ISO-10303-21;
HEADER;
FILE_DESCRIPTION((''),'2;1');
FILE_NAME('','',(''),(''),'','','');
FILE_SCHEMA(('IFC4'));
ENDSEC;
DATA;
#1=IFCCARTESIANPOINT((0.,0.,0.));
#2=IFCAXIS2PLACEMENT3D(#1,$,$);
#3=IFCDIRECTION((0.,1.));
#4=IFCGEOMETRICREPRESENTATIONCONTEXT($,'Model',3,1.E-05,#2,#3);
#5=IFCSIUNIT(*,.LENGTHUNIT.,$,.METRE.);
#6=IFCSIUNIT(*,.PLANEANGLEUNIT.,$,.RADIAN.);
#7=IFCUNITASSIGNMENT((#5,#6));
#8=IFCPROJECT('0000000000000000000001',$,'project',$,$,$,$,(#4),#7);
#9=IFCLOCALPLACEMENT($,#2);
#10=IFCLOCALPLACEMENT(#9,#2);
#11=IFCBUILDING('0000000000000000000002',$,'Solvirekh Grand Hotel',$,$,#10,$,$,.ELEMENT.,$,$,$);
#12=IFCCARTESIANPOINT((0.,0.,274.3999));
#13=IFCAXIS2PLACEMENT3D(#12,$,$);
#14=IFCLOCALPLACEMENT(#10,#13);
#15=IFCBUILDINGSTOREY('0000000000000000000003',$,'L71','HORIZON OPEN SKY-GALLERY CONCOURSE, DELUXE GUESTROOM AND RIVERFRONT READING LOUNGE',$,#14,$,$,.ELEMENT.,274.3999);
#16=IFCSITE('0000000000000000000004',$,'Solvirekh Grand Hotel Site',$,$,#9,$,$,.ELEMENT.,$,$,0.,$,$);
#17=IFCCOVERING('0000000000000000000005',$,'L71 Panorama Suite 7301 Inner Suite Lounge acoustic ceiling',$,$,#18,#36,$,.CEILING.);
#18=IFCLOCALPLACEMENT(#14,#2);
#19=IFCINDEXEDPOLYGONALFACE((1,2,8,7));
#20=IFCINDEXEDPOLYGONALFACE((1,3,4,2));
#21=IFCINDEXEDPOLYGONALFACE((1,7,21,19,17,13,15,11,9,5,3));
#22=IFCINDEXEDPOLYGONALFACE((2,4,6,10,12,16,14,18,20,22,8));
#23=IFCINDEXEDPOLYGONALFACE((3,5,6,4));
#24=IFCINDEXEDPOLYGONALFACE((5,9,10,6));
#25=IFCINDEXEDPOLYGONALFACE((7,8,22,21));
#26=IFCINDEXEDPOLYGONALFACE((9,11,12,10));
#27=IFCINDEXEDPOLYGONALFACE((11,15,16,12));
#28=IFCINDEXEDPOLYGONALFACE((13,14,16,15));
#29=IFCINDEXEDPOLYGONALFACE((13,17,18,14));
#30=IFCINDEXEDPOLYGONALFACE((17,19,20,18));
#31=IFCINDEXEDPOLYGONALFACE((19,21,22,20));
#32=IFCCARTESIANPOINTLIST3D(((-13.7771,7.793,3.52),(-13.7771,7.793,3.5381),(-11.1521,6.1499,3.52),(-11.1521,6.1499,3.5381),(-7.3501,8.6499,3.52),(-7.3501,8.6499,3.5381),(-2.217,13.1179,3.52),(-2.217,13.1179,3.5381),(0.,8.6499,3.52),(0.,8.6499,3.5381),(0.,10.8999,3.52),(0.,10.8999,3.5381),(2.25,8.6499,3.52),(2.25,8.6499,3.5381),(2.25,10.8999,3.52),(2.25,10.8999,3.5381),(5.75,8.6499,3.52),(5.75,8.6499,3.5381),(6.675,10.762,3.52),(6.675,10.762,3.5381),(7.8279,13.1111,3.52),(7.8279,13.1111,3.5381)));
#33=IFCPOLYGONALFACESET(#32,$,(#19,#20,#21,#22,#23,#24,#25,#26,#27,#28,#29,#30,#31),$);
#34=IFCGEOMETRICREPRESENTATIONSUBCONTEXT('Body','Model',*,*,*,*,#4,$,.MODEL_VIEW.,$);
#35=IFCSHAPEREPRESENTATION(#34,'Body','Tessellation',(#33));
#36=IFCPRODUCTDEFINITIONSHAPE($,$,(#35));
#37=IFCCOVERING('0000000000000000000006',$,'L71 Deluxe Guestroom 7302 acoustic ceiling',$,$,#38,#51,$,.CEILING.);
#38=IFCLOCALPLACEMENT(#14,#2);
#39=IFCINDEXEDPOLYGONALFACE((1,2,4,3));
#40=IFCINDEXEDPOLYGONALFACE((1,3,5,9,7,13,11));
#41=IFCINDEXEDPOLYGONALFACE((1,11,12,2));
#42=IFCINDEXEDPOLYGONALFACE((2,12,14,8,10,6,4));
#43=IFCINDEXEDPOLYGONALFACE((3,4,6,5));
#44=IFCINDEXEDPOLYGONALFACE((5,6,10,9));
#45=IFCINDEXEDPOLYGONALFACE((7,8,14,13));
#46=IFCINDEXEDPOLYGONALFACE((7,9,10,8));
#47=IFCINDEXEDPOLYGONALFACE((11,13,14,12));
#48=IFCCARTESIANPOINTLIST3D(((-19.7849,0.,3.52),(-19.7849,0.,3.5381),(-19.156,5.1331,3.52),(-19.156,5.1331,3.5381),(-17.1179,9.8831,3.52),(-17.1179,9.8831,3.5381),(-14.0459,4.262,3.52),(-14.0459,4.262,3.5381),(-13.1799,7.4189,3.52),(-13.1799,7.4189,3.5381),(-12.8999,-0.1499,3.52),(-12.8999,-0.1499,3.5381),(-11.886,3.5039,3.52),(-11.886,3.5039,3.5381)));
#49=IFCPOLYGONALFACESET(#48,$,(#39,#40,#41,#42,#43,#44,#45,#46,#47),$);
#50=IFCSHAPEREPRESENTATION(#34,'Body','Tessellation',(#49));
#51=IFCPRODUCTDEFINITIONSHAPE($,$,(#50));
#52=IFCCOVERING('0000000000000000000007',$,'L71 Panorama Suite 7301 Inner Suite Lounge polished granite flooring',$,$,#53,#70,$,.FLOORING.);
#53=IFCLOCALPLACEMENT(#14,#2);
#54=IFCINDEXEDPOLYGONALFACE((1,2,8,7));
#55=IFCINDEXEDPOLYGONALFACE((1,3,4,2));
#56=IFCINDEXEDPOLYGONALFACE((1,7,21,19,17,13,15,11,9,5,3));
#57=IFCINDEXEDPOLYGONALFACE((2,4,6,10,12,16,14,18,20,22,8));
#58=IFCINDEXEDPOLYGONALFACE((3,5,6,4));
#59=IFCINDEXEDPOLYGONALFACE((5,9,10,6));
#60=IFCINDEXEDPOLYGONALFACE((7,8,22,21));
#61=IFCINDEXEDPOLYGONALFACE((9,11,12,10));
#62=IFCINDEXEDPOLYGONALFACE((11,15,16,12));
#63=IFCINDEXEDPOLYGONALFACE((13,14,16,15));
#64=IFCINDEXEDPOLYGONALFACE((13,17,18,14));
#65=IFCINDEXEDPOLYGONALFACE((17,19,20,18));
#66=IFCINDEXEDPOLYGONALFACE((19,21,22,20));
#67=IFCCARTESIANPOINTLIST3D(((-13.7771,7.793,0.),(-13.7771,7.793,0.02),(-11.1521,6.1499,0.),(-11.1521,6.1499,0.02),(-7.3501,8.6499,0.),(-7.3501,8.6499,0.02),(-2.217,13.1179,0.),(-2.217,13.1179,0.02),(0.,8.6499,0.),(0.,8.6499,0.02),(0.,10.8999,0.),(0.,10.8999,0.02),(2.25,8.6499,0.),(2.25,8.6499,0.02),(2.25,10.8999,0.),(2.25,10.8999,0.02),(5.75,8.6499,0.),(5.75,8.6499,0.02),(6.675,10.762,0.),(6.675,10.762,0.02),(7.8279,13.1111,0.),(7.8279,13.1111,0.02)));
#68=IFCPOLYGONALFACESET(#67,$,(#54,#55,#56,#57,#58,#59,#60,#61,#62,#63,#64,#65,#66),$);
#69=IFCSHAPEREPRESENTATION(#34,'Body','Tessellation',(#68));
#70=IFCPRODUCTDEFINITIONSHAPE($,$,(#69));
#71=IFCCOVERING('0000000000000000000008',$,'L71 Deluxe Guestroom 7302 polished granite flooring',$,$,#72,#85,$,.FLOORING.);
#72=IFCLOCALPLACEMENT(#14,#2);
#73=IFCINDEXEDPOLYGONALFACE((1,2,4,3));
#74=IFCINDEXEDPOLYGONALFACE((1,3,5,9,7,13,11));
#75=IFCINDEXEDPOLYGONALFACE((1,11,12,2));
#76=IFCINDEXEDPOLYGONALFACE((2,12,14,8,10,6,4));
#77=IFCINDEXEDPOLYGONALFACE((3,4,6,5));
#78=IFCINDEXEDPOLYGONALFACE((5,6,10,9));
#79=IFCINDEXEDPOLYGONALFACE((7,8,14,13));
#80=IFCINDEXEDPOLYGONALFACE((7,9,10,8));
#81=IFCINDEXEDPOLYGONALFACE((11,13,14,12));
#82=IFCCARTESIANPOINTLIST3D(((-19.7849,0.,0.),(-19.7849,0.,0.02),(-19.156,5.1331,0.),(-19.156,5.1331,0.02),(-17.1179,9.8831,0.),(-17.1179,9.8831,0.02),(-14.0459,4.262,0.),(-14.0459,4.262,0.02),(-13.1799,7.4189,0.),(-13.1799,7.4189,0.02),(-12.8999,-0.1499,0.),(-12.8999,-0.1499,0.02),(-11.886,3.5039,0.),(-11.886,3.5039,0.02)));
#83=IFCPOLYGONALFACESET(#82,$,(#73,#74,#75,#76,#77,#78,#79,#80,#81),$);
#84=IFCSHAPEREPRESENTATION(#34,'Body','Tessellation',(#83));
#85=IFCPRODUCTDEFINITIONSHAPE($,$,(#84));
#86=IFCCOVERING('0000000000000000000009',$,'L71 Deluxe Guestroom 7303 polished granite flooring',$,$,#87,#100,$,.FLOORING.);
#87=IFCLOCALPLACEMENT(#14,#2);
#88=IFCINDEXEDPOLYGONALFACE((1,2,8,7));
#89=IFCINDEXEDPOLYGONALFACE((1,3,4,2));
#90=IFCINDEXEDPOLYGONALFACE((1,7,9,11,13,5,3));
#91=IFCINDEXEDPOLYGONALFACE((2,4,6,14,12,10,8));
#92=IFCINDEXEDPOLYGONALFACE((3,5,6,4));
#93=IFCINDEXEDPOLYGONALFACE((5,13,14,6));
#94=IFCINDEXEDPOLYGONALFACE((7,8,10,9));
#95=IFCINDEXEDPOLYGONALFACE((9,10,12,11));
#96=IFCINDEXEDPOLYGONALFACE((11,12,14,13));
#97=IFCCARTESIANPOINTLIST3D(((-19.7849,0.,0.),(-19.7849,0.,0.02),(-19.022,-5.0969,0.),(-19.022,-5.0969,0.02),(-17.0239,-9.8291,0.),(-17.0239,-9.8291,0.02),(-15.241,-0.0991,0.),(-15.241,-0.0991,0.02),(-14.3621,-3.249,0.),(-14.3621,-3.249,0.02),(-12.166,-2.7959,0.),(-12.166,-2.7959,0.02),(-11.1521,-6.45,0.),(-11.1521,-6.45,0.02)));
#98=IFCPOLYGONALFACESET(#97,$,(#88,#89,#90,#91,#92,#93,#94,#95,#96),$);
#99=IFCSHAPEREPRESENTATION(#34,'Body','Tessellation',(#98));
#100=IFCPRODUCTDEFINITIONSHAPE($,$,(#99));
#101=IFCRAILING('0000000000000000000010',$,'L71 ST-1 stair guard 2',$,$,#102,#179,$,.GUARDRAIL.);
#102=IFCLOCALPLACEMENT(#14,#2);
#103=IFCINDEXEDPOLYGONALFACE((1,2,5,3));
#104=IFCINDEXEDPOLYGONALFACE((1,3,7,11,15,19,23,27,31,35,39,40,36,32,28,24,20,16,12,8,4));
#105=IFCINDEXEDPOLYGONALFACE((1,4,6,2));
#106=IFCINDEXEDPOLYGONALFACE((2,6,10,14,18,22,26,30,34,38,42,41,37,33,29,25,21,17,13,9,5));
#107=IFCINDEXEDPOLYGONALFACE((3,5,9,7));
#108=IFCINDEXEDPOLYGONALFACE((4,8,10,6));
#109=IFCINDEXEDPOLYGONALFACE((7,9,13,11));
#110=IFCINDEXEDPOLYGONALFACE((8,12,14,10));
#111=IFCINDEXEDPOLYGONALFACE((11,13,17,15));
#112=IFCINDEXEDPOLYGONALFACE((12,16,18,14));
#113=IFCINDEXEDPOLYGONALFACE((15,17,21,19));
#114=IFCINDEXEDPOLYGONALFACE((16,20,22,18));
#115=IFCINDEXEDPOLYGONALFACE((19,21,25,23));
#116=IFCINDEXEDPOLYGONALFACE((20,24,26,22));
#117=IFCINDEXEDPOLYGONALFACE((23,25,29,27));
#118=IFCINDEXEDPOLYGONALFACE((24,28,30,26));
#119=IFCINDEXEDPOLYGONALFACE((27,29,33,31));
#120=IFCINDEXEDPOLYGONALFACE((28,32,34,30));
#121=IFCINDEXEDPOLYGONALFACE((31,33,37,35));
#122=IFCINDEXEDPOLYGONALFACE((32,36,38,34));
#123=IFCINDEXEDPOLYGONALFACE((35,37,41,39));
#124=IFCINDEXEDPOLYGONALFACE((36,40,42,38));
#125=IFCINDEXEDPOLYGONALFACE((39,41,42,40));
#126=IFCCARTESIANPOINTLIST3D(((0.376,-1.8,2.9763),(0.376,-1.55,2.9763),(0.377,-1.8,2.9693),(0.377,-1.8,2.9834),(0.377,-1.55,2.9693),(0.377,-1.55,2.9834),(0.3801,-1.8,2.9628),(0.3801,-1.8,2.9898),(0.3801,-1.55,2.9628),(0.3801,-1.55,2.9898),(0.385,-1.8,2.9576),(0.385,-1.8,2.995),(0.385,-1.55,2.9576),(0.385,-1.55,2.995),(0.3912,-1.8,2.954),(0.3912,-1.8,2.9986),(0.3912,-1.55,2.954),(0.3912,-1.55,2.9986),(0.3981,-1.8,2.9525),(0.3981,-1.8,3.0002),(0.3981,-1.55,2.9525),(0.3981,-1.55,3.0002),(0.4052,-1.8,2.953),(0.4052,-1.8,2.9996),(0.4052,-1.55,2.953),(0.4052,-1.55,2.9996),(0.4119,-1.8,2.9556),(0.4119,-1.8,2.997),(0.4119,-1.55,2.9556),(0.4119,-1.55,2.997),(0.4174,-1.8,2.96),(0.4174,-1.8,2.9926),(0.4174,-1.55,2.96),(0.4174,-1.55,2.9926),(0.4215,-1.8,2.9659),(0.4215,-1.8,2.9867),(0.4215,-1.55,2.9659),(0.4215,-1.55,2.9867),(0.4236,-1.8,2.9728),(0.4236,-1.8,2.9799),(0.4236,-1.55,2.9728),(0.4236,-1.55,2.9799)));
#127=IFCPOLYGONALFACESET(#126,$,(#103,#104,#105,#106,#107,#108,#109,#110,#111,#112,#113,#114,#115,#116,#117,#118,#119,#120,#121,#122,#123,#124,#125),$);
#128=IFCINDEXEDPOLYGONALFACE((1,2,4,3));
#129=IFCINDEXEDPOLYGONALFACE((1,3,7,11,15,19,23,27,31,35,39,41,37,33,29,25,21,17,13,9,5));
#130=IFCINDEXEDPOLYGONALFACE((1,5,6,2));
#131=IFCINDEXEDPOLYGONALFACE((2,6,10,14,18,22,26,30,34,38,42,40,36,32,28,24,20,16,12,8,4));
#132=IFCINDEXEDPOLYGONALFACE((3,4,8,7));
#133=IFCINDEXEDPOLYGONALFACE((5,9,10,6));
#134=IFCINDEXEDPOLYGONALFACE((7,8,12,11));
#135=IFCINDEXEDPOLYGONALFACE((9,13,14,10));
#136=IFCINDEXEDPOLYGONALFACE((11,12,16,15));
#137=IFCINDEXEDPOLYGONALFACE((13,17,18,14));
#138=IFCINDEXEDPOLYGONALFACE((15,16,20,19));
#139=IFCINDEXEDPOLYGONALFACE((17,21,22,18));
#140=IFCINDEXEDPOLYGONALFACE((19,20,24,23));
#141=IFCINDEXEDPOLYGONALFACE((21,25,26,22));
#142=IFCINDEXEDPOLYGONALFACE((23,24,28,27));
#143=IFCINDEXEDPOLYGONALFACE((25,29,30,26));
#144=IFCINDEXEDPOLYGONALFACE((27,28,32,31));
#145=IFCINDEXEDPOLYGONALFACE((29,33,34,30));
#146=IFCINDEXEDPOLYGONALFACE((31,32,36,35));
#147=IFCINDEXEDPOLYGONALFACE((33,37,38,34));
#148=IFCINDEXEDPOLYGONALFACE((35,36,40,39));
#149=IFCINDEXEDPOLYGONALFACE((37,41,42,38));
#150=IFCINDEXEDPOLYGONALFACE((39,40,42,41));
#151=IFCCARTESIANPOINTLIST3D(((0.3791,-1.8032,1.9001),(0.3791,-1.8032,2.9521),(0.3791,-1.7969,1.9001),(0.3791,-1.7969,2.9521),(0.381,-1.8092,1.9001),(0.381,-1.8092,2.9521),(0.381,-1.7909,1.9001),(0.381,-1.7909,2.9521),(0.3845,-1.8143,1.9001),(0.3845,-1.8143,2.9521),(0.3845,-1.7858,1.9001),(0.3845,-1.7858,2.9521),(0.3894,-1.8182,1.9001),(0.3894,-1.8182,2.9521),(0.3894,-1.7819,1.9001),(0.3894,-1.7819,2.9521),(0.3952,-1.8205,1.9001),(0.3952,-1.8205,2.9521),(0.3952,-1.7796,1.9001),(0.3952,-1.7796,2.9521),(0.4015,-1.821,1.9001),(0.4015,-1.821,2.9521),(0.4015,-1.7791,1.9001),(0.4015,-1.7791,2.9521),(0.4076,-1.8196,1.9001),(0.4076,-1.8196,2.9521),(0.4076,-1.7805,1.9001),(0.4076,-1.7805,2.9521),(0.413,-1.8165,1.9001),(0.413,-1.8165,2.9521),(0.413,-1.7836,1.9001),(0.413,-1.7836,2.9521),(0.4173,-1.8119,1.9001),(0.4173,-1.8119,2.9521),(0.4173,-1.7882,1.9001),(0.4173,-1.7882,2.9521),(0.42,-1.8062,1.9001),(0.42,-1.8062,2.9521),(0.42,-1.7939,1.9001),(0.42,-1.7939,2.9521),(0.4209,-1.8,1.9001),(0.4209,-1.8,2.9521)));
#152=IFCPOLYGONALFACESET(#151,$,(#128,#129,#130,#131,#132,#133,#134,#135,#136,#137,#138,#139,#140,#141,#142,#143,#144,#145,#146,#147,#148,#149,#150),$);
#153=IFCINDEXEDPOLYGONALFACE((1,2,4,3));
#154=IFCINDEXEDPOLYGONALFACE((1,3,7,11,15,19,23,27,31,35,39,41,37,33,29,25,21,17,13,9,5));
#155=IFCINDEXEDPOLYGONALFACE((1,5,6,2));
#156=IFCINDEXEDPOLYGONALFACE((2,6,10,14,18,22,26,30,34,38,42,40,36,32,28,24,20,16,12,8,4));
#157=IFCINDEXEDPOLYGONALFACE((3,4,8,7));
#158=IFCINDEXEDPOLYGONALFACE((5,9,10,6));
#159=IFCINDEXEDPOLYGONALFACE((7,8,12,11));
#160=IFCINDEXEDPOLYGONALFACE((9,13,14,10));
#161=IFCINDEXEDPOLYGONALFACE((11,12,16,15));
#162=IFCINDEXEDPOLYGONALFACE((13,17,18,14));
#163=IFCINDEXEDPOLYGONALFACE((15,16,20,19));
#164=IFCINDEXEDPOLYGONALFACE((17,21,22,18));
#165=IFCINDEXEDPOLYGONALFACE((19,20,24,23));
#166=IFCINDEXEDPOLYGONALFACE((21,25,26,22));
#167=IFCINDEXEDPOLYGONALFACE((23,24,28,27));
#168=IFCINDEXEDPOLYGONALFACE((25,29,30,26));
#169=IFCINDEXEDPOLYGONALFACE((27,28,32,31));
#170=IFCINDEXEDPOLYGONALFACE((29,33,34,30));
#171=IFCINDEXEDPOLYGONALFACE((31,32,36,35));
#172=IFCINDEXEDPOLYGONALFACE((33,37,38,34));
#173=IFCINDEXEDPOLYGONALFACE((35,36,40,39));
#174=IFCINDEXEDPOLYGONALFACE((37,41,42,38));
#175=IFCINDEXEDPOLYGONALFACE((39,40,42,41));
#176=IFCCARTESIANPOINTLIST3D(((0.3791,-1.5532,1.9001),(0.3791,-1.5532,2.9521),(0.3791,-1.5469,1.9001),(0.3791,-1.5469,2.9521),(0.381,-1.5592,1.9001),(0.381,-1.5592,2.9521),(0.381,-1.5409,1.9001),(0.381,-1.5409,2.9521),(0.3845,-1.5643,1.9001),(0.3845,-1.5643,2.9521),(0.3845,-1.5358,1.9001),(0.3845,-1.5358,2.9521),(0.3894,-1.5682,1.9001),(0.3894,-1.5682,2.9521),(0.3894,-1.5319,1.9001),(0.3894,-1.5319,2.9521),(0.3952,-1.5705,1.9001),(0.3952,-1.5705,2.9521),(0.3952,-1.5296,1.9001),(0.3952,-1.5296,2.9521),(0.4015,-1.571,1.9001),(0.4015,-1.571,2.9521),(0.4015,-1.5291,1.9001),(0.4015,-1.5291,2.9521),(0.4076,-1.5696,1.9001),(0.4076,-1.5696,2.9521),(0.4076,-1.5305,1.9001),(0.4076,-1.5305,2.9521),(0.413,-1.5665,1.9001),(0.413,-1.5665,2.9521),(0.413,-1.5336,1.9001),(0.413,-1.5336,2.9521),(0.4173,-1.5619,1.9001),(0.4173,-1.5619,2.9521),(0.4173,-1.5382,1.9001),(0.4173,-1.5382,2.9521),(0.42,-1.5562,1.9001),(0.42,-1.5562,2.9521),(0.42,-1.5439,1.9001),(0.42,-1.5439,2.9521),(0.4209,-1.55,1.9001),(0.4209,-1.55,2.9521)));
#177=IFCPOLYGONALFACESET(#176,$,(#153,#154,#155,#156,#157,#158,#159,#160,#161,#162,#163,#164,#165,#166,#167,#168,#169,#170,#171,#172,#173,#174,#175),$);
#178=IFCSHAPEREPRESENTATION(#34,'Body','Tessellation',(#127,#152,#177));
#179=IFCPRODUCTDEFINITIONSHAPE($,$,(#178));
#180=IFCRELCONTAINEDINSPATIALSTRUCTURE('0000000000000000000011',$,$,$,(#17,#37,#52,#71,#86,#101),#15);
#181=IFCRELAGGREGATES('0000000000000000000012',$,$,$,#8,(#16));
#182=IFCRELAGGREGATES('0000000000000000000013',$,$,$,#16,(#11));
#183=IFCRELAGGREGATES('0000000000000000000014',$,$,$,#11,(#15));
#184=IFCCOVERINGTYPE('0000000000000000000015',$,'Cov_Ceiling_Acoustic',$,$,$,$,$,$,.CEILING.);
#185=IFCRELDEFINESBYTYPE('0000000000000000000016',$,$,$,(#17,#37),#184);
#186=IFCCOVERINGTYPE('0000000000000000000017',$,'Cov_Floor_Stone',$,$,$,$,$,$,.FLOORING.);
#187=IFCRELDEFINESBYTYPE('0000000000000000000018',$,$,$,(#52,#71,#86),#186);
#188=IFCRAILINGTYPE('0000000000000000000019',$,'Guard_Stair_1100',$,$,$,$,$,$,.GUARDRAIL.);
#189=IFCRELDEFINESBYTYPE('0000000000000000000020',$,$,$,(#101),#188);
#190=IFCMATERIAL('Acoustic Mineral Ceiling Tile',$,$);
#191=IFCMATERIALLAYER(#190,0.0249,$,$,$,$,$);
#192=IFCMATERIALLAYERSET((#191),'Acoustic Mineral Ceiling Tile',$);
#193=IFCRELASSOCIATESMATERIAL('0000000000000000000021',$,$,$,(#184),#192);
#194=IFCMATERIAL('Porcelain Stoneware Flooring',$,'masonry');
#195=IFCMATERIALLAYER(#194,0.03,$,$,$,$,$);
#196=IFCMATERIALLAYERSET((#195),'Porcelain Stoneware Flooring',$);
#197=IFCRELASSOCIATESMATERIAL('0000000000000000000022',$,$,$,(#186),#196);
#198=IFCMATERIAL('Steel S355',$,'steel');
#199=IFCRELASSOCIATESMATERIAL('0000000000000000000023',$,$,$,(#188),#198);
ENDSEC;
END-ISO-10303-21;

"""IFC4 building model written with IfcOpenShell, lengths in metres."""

from ifc_helpers import new_model, si_unit, direction, frame, origin, origin_2d, place, context, subcontext, project, spatial, polyline, circle, outline, extrude, material, layer, layer_set, type_object, element, save


model = new_model("IFC4")

# Units and contexts
model_context = context("Model", 3, precision=1e-05, world=origin(), true_north=direction((0.0, 1.0)))
body_context = subcontext(model_context, "Body", "Model", "MODEL_VIEW")
ifc_project = project(units=[si_unit("LENGTHUNIT", "METRE"), si_unit("PLANEANGLEUNIT", "RADIAN")], contexts=[model_context])

# Site, building, storey
site_placement = place(None, origin())
site = spatial("IfcSite", under=ifc_project, at=site_placement, Name="Solvirekh Grand Hotel Site", CompositionType="ELEMENT", RefElevation=0.0)
building_placement = place(site_placement, origin())
building = spatial("IfcBuilding", under=site, at=building_placement, Name="Solvirekh Grand Hotel", CompositionType="ELEMENT")
storey_placement = place(building_placement, frame((0.0, 0.0, 274.3999)))
storey = spatial("IfcBuildingStorey", under=building, at=storey_placement, Name="L71", Description="HORIZON OPEN SKY-GALLERY CONCOURSE, DELUXE GUESTROOM AND RIVERFRONT READING LOUNGE", CompositionType="ELEMENT", Elevation=274.3999)

# Shared definitions
ifc_material_1 = material(Name="Steel S355", Category="steel")

# Coverings
ifc_material_2 = material(Name="Acoustic Mineral Ceiling Tile")
ifc_layer_1 = layer(ifc_material_2, 0.0249)
ifc_layer_set_1 = layer_set([ifc_layer_1], Name="Acoustic Mineral Ceiling Tile")
covering_type_1 = type_object("IfcCoveringType", Name="Cov_Ceiling_Acoustic", PredefinedType="CEILING", material=ifc_layer_set_1)
covering_1_placement = place(storey_placement, frame((0.0, 0.0, 3.52)))
element("IfcCovering", 1, at=covering_1_placement, inside=storey, type_object=covering_type_1, Name="L71 Panorama Suite 7301 Inner Suite Lounge acoustic ceiling", PredefinedType="CEILING", context=body_context, shape_type="SweptSolid", body=[
    extrude(outline(polyline([(0.0, 8.6499), (0.0, 10.8999), (2.25, 10.8999), (2.25, 8.6499), (5.75, 8.6499), (6.675, 10.762), (7.8279, 13.1111), (-2.217, 13.1179), (-13.7771, 7.793), (-11.1521, 6.1499), (-7.3501, 8.6499), (0.0, 8.6499)])), origin(), (0.0, 0.0, 1.0), 0.0181),
])
covering_2_placement = place(storey_placement, frame((0.0, 0.0, 3.52)))
element("IfcCovering", 2, at=covering_2_placement, inside=storey, type_object=covering_type_1, Name="L71 Deluxe Guestroom 7302 acoustic ceiling", PredefinedType="CEILING", context=body_context, shape_type="SweptSolid", body=[
    extrude(outline(polyline([(-14.0459, 4.262), (-13.1799, 7.4189), (-17.1179, 9.8831), (-19.156, 5.1331), (-19.7849, 0.0), (-12.8999, -0.1499), (-11.886, 3.5039), (-14.0459, 4.262)])), origin(), (0.0, 0.0, 1.0), 0.0181),
])
ifc_material_3 = material(Name="Porcelain Stoneware Flooring", Category="masonry")
ifc_layer_2 = layer(ifc_material_3, 0.03)
ifc_layer_set_2 = layer_set([ifc_layer_2], Name="Porcelain Stoneware Flooring")
covering_type_2 = type_object("IfcCoveringType", Name="Cov_Floor_Stone", PredefinedType="FLOORING", material=ifc_layer_set_2)
covering_3_placement = place(storey_placement, origin())
element("IfcCovering", 3, at=covering_3_placement, inside=storey, type_object=covering_type_2, Name="L71 Panorama Suite 7301 Inner Suite Lounge polished granite flooring", PredefinedType="FLOORING", context=body_context, shape_type="SweptSolid", body=[
    extrude(outline(polyline([(0.0, 8.6499), (0.0, 10.8999), (2.25, 10.8999), (2.25, 8.6499), (5.75, 8.6499), (6.675, 10.762), (7.8279, 13.1111), (-2.217, 13.1179), (-13.7771, 7.793), (-11.1521, 6.1499), (-7.3501, 8.6499), (0.0, 8.6499)])), origin(), (0.0, 0.0, 1.0), 0.02),
])
covering_4_placement = place(storey_placement, origin())
element("IfcCovering", 4, at=covering_4_placement, inside=storey, type_object=covering_type_2, Name="L71 Deluxe Guestroom 7302 polished granite flooring", PredefinedType="FLOORING", context=body_context, shape_type="SweptSolid", body=[
    extrude(outline(polyline([(-14.0459, 4.262), (-13.1799, 7.4189), (-17.1179, 9.8831), (-19.156, 5.1331), (-19.7849, 0.0), (-12.8999, -0.1499), (-11.886, 3.5039), (-14.0459, 4.262)])), origin(), (0.0, 0.0, 1.0), 0.02),
])
covering_5_placement = place(storey_placement, origin())
element("IfcCovering", 5, at=covering_5_placement, inside=storey, type_object=covering_type_2, Name="L71 Deluxe Guestroom 7303 polished granite flooring", PredefinedType="FLOORING", context=body_context, shape_type="SweptSolid", body=[
    extrude(outline(polyline([(-14.3621, -3.249), (-15.241, -0.0991), (-19.7849, 0.0), (-19.022, -5.0969), (-17.0239, -9.8291), (-11.1521, -6.45), (-12.166, -2.7959), (-14.3621, -3.249)])), origin(), (0.0, 0.0, 1.0), 0.02),
])

# Railing
railing_type_1 = type_object("IfcRailingType", Name="Guard_Stair_1100", PredefinedType="GUARDRAIL", material=ifc_material_1)
railing_1_placement = place(storey_placement, frame((0.3999, -1.8, 1.9001)))
element("IfcRailing", 6, at=railing_1_placement, inside=storey, type_object=railing_type_1, Name="L71 ST-1 stair guard 2", PredefinedType="GUARDRAIL", context=body_context, shape_type="SweptSolid", body=[
    extrude(circle(Radius=0.0239, at=origin_2d()), frame((0.0, 0.0, 1.0762), z_axis=(0.0, 1.0, 0.0), x_axis=(-1.0, 0.0, 0.0)), (0.0, 0.0, 1.0), 0.25),
    extrude(circle(Radius=0.021, at=origin_2d()), origin(), (0.0, 0.0, 1.0), 1.052),
    extrude(circle(Radius=0.021, at=origin_2d()), frame((0.0, 0.25, 0.0)), (0.0, 0.0, 1.0), 1.052),
])

save(model, "model.ifc")
